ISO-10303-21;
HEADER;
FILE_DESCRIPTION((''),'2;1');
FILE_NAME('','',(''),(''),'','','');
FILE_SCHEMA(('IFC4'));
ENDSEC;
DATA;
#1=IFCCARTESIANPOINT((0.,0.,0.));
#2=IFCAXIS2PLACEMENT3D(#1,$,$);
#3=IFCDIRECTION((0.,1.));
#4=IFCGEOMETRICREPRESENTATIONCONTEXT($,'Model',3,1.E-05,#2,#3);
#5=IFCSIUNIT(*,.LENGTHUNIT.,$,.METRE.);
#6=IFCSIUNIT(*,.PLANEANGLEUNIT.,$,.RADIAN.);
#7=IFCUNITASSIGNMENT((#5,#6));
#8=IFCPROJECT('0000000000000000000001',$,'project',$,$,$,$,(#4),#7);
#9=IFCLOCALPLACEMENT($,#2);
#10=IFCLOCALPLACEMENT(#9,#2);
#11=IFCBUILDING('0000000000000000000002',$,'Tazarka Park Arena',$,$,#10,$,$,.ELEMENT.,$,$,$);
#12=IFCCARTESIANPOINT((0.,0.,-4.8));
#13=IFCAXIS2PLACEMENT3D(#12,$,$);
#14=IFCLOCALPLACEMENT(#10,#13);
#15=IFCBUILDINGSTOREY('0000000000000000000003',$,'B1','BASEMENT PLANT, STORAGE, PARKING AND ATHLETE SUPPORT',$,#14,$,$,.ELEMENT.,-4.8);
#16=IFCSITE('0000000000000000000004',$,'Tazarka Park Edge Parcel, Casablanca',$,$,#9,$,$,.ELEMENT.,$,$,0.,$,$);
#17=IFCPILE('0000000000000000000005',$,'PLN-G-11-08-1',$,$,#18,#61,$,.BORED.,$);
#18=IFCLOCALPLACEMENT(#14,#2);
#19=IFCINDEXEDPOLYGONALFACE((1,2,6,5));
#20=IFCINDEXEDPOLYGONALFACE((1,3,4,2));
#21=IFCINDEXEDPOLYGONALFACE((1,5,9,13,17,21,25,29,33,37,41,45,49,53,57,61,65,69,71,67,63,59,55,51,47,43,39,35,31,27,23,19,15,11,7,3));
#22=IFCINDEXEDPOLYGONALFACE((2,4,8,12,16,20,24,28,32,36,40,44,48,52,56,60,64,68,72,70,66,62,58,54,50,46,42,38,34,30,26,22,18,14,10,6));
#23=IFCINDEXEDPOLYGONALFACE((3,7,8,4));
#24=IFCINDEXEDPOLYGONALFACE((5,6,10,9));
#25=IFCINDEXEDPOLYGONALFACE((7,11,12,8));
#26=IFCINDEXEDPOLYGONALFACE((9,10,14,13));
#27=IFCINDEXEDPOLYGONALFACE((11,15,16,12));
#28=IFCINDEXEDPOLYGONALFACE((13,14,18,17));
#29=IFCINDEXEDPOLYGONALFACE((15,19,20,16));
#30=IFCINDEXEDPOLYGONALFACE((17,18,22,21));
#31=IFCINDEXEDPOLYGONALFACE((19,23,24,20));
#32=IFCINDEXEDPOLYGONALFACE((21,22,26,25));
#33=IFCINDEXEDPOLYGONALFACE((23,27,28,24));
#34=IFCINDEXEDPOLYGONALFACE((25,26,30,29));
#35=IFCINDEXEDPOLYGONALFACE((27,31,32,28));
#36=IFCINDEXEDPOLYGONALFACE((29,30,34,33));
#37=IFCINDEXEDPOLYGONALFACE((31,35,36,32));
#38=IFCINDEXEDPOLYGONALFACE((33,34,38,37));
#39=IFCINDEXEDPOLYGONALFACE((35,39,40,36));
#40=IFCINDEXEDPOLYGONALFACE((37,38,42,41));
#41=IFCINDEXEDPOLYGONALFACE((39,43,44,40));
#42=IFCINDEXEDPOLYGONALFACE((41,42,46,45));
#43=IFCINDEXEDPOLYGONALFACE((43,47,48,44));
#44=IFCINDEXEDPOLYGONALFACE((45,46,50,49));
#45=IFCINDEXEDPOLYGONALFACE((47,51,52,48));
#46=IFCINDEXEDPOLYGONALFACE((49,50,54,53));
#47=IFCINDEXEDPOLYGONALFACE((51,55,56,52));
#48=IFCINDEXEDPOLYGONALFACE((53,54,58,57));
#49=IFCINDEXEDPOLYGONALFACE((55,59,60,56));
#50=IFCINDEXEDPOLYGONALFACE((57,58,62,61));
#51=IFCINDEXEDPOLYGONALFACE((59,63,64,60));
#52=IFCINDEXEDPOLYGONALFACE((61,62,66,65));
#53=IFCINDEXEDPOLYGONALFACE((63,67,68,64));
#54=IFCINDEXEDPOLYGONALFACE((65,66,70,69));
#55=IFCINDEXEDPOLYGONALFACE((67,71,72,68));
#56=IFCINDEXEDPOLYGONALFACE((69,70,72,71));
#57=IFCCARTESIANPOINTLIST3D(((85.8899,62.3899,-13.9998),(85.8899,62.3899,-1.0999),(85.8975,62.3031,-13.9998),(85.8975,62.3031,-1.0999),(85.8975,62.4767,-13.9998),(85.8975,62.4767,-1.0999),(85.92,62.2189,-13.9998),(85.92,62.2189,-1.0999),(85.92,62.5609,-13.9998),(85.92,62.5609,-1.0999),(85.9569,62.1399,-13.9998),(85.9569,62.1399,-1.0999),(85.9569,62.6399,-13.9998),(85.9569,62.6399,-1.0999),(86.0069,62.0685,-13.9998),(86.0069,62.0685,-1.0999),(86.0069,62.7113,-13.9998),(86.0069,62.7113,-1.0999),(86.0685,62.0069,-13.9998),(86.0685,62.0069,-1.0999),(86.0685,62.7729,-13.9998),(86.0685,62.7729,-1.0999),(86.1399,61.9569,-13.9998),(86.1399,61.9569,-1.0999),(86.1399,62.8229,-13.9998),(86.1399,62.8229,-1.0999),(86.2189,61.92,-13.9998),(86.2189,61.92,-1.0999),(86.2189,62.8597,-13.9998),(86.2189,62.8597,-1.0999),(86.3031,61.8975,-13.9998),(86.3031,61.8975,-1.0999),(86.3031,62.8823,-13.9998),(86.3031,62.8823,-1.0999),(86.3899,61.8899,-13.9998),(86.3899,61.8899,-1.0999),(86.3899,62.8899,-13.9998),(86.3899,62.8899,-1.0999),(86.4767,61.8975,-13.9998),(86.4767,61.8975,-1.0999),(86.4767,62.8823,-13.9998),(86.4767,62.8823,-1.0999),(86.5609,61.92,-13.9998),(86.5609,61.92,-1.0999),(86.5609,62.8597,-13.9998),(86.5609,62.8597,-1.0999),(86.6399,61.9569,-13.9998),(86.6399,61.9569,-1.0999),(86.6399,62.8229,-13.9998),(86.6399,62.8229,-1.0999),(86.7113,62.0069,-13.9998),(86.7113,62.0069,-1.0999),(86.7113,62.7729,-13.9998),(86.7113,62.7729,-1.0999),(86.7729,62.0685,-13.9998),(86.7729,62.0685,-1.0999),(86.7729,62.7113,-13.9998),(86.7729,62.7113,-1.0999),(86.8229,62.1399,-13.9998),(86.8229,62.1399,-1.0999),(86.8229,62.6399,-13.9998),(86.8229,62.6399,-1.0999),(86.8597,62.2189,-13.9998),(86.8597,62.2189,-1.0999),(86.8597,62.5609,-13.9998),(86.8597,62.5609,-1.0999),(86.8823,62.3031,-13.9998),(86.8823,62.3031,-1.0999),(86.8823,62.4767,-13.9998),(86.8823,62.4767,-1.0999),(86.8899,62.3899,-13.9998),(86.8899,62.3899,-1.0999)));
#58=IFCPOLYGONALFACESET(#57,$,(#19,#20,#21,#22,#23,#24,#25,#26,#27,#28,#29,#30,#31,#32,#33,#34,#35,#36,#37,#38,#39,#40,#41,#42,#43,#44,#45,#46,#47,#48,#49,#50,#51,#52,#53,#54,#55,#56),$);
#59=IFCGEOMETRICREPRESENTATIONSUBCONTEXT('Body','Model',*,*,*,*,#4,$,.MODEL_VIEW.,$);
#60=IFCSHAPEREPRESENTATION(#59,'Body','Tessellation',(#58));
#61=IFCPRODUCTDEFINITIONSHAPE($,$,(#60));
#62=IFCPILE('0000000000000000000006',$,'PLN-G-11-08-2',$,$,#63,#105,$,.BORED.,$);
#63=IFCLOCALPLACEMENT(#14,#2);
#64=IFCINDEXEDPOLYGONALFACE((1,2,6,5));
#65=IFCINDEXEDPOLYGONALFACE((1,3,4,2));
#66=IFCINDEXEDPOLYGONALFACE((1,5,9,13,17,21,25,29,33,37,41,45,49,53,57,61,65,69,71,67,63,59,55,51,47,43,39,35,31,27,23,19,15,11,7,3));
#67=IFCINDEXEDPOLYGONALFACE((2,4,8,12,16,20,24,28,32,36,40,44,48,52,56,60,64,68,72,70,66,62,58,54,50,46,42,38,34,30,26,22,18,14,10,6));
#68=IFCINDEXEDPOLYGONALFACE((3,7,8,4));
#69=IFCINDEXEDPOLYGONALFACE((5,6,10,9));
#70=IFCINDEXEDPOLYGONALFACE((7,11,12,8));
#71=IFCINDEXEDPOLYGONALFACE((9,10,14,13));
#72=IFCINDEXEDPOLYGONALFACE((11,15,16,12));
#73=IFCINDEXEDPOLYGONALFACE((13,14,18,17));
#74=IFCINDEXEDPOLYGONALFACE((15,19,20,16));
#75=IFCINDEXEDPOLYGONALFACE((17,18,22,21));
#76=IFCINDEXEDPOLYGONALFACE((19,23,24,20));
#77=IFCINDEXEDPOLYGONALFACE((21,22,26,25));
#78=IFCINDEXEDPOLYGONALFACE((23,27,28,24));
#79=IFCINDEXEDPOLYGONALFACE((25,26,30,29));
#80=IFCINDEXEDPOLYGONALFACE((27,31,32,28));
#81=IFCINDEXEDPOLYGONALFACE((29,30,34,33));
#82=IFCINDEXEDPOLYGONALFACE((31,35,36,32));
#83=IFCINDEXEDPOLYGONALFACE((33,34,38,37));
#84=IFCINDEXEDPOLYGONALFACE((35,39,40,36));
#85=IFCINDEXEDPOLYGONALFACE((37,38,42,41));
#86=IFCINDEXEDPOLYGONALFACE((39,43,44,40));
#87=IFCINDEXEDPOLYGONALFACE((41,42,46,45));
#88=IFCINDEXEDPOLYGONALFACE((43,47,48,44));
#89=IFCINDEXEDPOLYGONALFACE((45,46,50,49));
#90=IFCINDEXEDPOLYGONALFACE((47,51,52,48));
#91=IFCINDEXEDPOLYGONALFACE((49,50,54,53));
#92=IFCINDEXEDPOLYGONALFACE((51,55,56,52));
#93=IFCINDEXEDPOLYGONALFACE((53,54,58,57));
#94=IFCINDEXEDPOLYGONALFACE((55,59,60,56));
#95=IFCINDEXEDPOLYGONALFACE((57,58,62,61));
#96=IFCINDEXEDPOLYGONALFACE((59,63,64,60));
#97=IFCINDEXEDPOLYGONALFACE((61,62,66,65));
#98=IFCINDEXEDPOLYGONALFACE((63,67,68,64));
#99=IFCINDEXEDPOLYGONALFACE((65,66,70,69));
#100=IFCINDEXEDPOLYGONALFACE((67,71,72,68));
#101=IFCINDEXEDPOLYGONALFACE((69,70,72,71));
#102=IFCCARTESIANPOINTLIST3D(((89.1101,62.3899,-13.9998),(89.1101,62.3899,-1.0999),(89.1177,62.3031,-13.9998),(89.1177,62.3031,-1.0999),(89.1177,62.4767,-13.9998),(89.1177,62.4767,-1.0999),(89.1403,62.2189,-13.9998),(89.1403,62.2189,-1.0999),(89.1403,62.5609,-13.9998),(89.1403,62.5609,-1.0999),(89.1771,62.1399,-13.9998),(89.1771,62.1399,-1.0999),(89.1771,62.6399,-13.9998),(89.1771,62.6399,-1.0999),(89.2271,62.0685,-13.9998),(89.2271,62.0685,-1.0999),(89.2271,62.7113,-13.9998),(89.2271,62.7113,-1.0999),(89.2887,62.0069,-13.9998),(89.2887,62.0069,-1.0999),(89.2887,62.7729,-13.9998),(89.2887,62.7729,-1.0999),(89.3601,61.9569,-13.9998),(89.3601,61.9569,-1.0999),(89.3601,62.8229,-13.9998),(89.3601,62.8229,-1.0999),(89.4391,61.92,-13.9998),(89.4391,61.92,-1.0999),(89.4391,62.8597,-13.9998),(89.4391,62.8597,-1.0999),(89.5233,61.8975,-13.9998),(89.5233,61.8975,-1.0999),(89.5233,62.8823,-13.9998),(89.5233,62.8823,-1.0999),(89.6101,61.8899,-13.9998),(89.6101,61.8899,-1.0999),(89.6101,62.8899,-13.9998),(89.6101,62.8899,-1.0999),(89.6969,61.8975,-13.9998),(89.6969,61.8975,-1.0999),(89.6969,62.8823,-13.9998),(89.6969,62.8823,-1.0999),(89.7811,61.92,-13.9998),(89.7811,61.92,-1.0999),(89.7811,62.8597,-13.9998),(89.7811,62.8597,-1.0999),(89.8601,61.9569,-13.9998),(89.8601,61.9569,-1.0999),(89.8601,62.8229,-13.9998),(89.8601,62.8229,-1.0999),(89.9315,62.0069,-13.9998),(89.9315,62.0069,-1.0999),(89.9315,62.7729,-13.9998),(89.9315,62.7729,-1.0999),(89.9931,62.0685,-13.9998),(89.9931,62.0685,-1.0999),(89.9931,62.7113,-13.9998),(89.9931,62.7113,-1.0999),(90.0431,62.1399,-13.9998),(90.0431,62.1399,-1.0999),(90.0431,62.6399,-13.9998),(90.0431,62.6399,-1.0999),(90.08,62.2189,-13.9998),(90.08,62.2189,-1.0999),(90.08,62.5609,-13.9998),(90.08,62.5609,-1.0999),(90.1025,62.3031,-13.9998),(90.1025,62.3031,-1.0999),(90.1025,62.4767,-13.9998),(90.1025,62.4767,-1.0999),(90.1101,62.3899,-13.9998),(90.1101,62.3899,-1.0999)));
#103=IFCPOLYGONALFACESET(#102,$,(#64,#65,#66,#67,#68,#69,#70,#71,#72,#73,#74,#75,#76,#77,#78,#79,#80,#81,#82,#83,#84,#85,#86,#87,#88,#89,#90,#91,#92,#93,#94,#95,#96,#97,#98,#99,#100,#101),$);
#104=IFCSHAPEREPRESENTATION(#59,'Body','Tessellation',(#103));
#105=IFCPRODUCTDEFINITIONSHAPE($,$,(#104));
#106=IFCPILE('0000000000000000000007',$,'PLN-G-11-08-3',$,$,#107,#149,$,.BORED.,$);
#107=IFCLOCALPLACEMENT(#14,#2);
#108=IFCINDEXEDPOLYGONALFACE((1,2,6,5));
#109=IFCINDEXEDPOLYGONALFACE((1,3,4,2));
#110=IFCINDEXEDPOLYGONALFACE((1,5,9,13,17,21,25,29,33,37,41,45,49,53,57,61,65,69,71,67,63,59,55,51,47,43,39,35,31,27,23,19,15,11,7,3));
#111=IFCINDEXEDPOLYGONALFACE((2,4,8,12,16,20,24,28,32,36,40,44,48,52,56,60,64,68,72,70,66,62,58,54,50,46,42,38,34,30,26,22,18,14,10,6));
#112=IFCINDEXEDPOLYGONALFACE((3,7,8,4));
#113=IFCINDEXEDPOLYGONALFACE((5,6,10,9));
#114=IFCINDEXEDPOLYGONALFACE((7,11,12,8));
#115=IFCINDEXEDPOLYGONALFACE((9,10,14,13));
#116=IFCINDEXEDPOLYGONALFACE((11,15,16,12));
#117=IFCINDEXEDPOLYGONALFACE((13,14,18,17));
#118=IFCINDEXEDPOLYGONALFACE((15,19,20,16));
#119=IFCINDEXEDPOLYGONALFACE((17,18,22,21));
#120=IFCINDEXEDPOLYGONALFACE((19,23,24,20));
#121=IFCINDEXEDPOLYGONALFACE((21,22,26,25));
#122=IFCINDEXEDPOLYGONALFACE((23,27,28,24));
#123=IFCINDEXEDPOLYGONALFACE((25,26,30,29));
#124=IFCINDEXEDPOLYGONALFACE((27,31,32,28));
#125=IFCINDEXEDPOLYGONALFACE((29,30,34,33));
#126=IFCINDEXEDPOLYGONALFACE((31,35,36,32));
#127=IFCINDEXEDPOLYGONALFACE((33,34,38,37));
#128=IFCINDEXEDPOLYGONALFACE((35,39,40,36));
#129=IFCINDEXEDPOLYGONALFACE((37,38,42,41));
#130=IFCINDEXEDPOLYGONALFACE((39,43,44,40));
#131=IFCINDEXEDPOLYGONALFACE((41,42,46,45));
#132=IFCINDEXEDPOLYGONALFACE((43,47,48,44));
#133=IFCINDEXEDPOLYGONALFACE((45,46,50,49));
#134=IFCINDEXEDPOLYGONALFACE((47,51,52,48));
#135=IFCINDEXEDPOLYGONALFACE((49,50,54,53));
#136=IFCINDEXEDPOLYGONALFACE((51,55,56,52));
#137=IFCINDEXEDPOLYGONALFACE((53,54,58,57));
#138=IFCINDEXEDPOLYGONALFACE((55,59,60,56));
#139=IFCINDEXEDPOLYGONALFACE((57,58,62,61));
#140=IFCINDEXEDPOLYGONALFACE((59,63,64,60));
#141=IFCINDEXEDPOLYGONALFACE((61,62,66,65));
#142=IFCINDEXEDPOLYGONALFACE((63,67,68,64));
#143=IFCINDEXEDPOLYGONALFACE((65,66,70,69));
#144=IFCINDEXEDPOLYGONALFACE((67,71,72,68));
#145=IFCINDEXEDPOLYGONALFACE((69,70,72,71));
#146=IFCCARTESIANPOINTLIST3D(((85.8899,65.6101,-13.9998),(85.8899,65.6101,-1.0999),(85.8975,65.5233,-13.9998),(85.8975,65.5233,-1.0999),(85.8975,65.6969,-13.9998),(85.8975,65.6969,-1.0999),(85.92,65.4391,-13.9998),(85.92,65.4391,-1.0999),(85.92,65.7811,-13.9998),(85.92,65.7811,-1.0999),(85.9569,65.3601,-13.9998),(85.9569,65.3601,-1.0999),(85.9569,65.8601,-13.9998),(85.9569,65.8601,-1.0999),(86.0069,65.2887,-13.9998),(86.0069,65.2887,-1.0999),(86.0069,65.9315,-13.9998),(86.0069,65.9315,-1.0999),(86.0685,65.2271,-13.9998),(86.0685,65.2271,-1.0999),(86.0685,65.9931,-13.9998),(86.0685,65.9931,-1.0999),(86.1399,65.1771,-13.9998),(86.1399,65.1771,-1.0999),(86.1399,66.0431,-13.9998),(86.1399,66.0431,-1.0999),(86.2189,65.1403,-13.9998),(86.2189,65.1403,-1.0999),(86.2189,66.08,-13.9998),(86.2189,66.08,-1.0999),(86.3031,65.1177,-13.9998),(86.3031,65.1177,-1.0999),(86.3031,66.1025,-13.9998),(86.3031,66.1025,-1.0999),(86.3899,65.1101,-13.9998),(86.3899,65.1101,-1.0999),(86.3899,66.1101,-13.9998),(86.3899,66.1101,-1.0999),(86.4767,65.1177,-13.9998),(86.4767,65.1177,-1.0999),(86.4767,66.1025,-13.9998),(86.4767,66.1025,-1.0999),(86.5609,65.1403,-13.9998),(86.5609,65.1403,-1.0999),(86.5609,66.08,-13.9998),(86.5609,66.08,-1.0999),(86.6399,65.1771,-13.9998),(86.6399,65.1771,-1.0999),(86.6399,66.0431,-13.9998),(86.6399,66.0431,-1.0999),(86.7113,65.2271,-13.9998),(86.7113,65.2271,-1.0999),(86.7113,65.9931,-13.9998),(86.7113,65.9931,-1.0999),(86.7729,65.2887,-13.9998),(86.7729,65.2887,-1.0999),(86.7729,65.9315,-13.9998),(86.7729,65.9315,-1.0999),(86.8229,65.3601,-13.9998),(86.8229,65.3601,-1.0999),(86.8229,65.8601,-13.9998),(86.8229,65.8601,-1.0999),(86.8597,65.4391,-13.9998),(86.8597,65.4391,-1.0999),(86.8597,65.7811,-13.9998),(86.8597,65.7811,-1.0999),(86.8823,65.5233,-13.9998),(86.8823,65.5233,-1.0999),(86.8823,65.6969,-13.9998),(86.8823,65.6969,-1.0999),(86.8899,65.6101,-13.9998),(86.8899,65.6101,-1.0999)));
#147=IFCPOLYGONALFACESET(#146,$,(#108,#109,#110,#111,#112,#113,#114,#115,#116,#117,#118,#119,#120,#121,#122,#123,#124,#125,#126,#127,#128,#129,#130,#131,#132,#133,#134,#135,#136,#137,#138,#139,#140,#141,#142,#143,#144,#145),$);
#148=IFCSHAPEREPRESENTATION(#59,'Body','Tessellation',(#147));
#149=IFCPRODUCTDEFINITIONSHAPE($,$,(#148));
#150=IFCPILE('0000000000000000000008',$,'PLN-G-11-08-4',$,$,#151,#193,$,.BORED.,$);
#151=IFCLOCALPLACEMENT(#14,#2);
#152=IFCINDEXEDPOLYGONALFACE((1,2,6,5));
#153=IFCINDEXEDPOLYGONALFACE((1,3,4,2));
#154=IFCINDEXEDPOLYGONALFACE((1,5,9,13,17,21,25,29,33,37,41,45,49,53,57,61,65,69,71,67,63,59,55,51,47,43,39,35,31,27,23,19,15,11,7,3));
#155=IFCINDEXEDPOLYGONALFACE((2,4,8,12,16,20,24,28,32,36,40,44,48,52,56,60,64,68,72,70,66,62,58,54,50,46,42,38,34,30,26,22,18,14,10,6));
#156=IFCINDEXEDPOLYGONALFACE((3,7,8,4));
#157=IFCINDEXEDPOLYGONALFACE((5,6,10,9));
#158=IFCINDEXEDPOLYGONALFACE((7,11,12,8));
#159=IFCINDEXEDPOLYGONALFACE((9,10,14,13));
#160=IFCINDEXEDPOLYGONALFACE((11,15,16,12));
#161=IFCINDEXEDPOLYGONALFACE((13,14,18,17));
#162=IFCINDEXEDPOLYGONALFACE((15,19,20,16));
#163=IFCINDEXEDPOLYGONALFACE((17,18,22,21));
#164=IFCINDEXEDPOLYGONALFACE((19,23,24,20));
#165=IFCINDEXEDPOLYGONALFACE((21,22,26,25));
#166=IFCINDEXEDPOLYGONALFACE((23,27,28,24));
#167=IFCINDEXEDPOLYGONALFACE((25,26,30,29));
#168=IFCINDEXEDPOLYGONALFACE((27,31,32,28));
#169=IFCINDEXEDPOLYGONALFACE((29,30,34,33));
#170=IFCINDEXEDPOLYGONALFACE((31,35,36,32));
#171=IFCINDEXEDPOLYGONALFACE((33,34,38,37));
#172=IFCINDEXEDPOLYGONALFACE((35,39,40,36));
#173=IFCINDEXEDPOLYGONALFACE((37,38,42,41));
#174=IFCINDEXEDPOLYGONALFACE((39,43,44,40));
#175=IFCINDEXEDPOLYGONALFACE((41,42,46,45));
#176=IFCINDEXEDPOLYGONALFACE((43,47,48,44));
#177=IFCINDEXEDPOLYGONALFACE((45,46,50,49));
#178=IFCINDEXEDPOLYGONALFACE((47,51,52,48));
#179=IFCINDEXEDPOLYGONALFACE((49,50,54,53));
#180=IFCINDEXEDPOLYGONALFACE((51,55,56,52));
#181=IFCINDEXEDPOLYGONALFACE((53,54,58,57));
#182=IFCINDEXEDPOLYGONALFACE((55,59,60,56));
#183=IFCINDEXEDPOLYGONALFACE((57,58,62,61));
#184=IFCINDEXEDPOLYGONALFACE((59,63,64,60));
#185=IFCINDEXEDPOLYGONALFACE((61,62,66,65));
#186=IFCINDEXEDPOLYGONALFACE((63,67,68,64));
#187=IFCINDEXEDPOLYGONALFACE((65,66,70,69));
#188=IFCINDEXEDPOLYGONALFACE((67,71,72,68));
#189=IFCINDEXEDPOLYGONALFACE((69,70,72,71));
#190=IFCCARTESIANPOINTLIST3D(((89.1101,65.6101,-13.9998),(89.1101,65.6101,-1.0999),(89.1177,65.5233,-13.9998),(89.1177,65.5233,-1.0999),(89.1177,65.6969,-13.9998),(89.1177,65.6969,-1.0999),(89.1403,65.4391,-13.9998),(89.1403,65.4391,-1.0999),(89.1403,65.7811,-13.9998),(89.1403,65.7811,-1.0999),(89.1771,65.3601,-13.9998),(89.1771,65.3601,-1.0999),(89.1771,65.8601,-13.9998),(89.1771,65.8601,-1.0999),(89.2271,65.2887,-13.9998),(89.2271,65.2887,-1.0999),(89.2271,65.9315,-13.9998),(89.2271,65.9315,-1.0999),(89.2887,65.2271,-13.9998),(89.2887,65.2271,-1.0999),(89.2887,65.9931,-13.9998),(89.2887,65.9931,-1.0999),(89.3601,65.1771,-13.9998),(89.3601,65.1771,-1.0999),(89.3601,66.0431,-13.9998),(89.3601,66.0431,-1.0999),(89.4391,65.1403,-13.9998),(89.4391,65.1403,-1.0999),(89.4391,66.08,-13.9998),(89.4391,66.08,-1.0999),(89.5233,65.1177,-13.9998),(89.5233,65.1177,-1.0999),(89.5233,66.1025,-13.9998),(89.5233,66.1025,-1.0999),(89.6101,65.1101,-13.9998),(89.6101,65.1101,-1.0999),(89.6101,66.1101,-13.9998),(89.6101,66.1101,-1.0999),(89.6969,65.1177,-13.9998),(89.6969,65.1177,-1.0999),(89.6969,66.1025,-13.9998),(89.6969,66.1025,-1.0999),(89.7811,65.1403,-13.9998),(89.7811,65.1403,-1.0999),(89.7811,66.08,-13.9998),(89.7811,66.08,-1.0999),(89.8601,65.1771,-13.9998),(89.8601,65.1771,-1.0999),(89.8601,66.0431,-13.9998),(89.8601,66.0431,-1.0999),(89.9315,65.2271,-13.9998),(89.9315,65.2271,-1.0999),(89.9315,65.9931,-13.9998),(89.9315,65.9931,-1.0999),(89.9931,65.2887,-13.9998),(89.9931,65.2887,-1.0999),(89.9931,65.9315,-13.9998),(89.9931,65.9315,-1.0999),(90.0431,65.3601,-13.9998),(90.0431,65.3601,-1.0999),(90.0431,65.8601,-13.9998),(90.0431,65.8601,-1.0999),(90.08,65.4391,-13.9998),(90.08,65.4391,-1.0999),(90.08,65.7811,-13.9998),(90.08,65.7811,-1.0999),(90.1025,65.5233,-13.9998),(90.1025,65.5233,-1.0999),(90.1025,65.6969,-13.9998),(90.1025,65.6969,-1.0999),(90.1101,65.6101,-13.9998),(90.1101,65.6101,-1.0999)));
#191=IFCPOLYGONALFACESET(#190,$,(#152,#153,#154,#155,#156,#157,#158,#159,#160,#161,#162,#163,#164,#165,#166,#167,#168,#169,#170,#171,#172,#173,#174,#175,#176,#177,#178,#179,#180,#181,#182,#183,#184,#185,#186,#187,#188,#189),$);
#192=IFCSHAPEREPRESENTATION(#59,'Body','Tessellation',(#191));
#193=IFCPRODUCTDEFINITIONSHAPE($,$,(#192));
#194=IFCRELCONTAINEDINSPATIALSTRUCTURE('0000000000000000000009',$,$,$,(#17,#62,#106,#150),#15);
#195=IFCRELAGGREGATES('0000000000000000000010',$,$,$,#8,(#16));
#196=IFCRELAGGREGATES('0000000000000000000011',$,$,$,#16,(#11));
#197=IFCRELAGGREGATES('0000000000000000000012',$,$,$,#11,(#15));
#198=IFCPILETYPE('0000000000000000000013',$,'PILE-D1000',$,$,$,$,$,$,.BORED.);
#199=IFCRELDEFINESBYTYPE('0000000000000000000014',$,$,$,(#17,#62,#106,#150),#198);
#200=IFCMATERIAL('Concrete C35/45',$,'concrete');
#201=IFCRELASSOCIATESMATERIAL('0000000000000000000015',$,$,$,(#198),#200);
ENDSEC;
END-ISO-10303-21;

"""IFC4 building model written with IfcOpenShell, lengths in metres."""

from ifc_helpers import new_model, si_unit, direction, frame, origin, origin_2d, place, context, subcontext, project, spatial, circle, extrude, material, material_profile, profile_set, type_object, element, save


model = new_model("IFC4")

# Units and contexts
model_context = context("Model", 3, precision=1e-05, world=origin(), true_north=direction((0.0, 1.0)))
body_context = subcontext(model_context, "Body", "Model", "MODEL_VIEW")
ifc_project = project(units=[si_unit("LENGTHUNIT", "METRE"), si_unit("PLANEANGLEUNIT", "RADIAN")], contexts=[model_context])

# Site, building, storey
site_placement = place(None, origin())
site = spatial("IfcSite", under=ifc_project, at=site_placement, Name="Tazarka Park Edge Parcel, Casablanca", CompositionType="ELEMENT", RefElevation=0.0)
building_placement = place(site_placement, origin())
building = spatial("IfcBuilding", under=site, at=building_placement, Name="Tazarka Park Arena", CompositionType="ELEMENT")
storey_placement = place(building_placement, frame((0.0, 0.0, -4.8)))
storey = spatial("IfcBuildingStorey", under=building, at=storey_placement, Name="B1", Description="BASEMENT PLANT, STORAGE, PARKING AND ATHLETE SUPPORT", CompositionType="ELEMENT", Elevation=-4.8)

# Piles
ifc_material_1 = material(Name="Concrete C35/45", Category="concrete")
ifc_material_profile_1 = material_profile(ifc_material_1, circle(Radius=0.5, at=origin_2d()), Name="Concrete C35/45")
ifc_profile_set_1 = profile_set([ifc_material_profile_1], Name="Concrete C35/45")
pile_type_1 = type_object("IfcPileType", Name="PILE-D1000", PredefinedType="BORED", material=ifc_profile_set_1)
for number, where, z_axis, x_axis, name in (
    (1, (86.3899, 62.3899, -1.0999), (0.0, 0.0, -1.0), (1.0, 0.0, 0.0), "PLN-G-11-08-1"),
    (2, (89.6101, 62.3899, -1.0999), (0.0, 0.0, -1.0), (1.0, 0.0, 0.0), "PLN-G-11-08-2"),
    (3, (86.3899, 65.6101, -1.0999), (0.0, 0.0, -1.0), (1.0, 0.0, 0.0), "PLN-G-11-08-3"),
    (4, (89.6101, 65.6101, -1.0999), (0.0, 0.0, -1.0), (1.0, 0.0, 0.0), "PLN-G-11-08-4"),
):
    element("IfcPile", number, at=place(storey_placement, frame(where, z_axis=z_axis, x_axis=x_axis)), inside=storey, type_object=pile_type_1, Name=name, PredefinedType="BORED", context=body_context, shape_type="SweptSolid", body=[
        extrude(circle(Radius=0.5, at=origin_2d()), origin(), (0.0, 0.0, 1.0), 12.8999),
    ])

save(model, "model.ifc")
